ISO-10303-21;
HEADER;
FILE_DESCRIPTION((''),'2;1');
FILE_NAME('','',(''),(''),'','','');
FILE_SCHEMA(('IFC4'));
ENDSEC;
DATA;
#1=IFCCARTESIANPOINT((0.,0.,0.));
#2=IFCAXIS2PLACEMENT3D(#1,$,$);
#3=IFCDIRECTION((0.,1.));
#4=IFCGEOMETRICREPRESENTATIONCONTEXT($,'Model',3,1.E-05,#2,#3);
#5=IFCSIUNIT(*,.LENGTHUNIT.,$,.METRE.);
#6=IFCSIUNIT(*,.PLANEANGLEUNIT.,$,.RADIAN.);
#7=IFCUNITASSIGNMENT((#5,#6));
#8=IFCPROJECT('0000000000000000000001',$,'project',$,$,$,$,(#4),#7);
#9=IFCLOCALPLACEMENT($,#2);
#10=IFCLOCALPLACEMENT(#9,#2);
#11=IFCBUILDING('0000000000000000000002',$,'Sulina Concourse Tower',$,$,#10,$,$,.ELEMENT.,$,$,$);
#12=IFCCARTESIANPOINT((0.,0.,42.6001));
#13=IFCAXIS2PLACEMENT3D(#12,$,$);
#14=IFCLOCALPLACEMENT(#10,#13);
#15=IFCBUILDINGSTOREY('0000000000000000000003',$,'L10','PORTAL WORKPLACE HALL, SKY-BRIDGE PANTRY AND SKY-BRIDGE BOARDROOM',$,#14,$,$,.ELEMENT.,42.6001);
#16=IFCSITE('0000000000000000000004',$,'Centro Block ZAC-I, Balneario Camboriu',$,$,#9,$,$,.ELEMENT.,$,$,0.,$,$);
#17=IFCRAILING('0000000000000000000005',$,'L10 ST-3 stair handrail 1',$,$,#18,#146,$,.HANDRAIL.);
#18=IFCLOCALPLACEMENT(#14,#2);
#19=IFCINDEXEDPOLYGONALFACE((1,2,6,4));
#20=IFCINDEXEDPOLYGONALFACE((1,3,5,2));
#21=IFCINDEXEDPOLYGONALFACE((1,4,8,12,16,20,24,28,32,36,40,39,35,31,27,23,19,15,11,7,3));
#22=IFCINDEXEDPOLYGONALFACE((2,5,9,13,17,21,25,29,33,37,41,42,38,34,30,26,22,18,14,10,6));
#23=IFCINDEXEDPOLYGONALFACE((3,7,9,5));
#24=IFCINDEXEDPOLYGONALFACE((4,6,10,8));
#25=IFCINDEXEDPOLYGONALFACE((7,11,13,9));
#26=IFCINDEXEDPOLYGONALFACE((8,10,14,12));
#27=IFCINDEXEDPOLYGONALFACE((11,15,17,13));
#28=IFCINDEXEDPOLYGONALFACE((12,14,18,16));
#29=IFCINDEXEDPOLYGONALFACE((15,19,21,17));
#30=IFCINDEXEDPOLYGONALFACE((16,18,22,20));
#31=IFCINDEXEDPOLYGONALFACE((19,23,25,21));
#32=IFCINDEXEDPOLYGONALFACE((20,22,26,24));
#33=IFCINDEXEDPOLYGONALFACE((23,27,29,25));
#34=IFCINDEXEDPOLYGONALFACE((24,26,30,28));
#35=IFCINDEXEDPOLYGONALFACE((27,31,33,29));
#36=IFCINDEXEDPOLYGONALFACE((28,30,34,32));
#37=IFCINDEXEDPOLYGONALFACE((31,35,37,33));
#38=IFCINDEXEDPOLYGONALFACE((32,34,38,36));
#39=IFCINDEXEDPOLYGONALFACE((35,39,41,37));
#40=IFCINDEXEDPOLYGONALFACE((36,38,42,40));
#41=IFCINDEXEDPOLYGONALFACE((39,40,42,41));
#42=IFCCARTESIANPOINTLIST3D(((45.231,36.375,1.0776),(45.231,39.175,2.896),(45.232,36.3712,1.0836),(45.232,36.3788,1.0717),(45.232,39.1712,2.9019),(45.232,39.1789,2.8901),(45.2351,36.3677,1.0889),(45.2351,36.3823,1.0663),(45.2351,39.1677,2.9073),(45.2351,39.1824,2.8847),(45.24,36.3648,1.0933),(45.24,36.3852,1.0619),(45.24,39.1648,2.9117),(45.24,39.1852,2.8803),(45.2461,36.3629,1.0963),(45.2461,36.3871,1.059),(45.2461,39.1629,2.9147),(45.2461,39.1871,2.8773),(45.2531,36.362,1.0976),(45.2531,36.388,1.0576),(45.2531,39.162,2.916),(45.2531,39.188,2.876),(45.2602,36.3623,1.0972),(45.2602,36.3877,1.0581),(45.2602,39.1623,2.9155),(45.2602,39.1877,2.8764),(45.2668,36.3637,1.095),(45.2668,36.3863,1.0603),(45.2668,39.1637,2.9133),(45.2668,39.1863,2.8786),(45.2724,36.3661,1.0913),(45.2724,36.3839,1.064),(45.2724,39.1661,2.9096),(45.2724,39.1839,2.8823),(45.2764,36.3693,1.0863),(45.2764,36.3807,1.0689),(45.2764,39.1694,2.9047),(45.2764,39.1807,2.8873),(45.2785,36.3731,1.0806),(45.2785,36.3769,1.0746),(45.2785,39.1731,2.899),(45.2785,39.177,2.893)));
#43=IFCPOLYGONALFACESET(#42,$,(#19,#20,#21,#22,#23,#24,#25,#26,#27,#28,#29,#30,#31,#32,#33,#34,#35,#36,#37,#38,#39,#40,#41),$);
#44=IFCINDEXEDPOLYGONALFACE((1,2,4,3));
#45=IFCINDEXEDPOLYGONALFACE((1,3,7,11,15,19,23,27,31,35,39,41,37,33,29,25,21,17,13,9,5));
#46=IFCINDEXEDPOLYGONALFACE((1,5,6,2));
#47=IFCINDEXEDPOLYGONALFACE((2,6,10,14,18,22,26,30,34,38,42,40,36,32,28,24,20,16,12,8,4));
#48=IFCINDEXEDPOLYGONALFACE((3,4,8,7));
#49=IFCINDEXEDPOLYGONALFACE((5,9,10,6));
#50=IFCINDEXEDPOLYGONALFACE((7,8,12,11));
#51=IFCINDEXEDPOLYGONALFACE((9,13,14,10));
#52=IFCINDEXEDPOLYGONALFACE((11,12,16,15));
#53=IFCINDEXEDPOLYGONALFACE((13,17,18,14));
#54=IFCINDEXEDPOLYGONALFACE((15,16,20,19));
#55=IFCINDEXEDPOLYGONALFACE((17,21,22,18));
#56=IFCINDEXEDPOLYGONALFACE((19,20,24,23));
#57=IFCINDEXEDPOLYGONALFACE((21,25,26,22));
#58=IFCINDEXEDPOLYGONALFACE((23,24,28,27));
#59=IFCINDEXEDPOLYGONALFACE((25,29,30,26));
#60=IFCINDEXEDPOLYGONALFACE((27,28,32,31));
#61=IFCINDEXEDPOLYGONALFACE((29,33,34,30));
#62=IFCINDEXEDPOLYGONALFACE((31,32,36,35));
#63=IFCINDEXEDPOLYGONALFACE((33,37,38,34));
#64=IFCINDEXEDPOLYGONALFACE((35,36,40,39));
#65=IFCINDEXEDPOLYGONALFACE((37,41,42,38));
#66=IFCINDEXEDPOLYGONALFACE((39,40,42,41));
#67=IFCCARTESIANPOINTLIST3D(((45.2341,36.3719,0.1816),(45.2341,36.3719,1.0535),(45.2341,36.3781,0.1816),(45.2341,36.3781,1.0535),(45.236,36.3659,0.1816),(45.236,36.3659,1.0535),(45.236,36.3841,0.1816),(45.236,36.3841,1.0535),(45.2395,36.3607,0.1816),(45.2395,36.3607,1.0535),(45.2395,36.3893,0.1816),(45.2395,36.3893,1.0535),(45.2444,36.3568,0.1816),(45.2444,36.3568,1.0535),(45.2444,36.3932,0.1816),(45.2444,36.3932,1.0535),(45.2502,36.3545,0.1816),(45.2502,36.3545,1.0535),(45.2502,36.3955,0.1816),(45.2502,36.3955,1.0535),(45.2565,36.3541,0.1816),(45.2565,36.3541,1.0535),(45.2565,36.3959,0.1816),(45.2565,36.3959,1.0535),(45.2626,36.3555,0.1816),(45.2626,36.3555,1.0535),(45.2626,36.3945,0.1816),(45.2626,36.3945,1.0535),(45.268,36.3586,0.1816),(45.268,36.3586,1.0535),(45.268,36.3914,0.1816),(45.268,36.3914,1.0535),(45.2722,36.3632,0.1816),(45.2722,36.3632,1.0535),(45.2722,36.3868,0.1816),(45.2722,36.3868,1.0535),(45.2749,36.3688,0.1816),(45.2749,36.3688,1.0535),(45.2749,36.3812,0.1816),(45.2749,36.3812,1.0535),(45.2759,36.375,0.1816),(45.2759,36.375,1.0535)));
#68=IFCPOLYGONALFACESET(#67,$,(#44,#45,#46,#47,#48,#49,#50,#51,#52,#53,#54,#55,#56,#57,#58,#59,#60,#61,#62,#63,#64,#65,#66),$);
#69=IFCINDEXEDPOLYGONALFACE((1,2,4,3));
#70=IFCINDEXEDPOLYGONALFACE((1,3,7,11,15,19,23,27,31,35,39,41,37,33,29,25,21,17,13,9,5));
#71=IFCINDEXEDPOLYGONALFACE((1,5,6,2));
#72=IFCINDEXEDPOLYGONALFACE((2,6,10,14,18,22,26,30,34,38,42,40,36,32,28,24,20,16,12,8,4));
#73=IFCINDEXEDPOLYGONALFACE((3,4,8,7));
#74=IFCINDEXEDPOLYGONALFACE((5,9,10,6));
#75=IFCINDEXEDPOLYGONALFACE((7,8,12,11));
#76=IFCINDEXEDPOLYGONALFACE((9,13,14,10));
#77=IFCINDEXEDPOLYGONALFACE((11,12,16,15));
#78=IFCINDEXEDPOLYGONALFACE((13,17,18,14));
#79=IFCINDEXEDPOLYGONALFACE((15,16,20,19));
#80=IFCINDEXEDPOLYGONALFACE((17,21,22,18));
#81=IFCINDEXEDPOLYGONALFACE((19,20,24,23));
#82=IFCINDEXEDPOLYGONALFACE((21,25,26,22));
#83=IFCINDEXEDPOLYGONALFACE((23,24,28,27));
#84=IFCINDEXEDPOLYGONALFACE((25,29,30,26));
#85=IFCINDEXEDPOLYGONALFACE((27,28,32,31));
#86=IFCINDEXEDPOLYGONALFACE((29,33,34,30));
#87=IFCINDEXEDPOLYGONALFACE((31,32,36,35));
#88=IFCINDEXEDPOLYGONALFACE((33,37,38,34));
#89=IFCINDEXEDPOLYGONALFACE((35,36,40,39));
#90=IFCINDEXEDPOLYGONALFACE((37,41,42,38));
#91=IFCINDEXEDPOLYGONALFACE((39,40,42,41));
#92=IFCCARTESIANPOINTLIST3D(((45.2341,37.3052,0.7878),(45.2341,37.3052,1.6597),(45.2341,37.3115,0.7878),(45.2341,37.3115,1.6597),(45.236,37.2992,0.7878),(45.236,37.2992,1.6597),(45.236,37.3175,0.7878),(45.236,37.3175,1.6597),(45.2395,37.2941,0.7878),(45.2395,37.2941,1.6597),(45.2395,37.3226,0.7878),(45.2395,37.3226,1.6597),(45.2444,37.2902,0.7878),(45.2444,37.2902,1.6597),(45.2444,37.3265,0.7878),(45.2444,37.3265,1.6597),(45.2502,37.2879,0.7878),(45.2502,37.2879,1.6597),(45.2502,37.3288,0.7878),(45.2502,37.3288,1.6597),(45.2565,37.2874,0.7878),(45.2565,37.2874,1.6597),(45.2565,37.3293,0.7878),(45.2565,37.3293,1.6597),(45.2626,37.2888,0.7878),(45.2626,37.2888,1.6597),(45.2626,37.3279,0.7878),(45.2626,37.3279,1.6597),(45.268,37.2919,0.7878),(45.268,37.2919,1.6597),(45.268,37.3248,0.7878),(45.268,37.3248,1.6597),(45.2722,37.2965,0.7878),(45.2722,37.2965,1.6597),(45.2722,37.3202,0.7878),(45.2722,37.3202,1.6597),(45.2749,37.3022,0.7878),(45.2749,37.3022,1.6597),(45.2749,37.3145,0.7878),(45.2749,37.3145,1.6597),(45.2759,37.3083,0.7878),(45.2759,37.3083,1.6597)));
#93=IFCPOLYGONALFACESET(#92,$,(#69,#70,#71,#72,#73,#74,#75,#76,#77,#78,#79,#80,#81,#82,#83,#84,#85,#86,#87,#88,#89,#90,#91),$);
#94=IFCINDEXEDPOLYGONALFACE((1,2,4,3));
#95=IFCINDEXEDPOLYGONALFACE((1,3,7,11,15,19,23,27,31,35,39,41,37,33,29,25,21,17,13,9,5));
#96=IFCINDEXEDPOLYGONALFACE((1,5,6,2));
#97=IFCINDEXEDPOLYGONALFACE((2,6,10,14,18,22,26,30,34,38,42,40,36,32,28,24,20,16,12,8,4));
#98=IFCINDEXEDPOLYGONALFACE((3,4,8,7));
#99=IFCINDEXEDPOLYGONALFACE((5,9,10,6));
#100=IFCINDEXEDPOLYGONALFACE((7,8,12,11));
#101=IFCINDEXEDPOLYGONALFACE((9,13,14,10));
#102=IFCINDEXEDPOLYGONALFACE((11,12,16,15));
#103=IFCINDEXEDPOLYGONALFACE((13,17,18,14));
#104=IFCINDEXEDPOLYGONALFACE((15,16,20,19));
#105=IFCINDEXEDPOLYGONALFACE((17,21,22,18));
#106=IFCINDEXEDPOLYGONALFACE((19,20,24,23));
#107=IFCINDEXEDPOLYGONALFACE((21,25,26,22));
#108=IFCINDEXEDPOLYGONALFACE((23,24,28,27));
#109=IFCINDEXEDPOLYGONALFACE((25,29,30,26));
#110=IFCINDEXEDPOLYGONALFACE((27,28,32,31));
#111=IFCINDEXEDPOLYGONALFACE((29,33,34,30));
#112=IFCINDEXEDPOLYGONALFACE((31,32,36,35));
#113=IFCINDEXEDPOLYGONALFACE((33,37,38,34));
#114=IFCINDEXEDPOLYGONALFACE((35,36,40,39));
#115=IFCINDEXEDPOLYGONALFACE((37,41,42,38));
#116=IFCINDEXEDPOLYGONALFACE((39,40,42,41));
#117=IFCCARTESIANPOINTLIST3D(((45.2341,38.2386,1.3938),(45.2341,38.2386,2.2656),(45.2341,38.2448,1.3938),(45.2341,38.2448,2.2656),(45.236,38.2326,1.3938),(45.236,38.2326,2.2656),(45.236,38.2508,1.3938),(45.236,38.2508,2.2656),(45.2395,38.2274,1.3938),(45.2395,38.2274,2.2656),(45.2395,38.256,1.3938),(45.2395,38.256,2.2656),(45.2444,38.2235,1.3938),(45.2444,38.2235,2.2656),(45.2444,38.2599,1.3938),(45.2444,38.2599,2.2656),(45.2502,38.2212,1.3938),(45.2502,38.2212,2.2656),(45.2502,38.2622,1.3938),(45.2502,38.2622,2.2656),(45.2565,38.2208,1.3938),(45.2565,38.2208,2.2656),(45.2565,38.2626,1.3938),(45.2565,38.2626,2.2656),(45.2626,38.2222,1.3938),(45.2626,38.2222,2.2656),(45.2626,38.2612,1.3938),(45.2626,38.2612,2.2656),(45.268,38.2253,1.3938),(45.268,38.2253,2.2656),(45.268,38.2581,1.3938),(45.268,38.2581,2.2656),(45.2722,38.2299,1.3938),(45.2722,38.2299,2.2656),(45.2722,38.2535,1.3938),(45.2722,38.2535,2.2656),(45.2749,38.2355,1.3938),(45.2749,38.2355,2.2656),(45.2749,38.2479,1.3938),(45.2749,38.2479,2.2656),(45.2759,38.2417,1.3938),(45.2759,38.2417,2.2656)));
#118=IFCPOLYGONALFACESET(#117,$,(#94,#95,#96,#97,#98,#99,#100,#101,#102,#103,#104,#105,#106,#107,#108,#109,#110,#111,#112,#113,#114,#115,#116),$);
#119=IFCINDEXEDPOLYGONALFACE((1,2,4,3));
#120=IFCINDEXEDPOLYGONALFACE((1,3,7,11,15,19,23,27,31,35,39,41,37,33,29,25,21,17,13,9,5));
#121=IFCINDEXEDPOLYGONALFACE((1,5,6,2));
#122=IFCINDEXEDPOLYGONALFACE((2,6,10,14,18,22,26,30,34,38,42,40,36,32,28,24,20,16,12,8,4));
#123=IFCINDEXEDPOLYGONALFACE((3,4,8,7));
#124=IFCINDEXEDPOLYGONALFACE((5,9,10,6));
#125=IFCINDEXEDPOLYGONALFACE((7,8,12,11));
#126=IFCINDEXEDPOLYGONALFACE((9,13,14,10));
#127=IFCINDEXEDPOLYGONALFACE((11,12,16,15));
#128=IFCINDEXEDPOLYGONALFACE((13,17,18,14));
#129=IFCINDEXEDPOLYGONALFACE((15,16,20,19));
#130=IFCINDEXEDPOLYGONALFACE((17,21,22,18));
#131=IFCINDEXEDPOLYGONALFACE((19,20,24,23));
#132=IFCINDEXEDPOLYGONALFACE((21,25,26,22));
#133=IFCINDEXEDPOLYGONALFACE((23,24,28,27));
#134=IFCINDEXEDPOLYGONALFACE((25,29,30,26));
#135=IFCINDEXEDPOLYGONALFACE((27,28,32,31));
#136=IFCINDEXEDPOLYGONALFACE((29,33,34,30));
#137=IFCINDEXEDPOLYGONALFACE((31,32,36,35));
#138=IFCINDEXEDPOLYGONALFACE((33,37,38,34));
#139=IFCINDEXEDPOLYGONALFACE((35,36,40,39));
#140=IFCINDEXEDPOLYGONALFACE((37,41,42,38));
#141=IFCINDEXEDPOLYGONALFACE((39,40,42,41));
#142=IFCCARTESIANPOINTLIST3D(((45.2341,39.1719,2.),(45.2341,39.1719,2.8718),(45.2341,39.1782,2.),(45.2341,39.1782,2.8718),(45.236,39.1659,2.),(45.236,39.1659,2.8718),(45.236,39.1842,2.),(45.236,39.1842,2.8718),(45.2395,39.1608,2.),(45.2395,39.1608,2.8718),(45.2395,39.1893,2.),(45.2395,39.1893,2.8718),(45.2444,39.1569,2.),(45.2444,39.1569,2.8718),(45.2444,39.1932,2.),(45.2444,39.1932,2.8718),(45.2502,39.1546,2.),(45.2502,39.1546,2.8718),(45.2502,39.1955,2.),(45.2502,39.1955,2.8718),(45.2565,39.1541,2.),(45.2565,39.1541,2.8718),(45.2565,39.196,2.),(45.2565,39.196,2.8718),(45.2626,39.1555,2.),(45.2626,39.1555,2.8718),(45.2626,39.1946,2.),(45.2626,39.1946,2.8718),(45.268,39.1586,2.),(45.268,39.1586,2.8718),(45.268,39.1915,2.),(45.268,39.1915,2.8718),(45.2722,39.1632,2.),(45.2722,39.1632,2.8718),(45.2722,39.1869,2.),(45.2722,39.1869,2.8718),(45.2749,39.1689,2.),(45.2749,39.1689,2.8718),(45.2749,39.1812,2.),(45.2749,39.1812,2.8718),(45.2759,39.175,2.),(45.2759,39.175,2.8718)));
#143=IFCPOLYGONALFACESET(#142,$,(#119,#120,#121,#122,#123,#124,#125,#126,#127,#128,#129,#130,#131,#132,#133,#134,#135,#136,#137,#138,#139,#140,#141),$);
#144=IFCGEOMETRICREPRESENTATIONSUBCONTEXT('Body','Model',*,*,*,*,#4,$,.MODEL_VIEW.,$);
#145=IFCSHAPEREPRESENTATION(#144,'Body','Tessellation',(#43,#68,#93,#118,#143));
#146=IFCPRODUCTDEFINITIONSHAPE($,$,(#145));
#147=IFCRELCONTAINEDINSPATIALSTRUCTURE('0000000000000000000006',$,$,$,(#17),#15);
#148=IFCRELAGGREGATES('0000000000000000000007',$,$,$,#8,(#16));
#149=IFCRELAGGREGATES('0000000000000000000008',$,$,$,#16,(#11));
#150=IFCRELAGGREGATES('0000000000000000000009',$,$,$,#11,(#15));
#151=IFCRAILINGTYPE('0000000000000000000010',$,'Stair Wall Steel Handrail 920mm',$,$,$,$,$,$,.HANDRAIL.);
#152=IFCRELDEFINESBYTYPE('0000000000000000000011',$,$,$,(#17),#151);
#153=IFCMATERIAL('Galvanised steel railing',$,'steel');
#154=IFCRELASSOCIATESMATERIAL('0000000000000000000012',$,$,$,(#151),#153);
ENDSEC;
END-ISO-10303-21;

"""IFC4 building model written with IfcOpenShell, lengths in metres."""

from ifc_helpers import new_model, si_unit, direction, frame, origin, origin_2d, place, context, subcontext, project, spatial, circle, extrude, material, type_object, element, save


model = new_model("IFC4")

# Units and contexts
model_context = context("Model", 3, precision=1e-05, world=origin(), true_north=direction((0.0, 1.0)))
body_context = subcontext(model_context, "Body", "Model", "MODEL_VIEW")
ifc_project = project(units=[si_unit("LENGTHUNIT", "METRE"), si_unit("PLANEANGLEUNIT", "RADIAN")], contexts=[model_context])

# Site, building, storey
site_placement = place(None, origin())
site = spatial("IfcSite", under=ifc_project, at=site_placement, Name="Centro Block ZAC-I, Balneario Camboriu", CompositionType="ELEMENT", RefElevation=0.0)
building_placement = place(site_placement, origin())
building = spatial("IfcBuilding", under=site, at=building_placement, Name="Sulina Concourse Tower", CompositionType="ELEMENT")
storey_placement = place(building_placement, frame((0.0, 0.0, 42.6001)))
storey = spatial("IfcBuildingStorey", under=building, at=storey_placement, Name="L10", Description="PORTAL WORKPLACE HALL, SKY-BRIDGE PANTRY AND SKY-BRIDGE BOARDROOM", CompositionType="ELEMENT", Elevation=42.6001)

# Railing
ifc_material_1 = material(Name="Galvanised steel railing", Category="steel")
railing_type_1 = type_object("IfcRailingType", Name="Stair Wall Steel Handrail 920mm", PredefinedType="HANDRAIL", material=ifc_material_1)
railing_1_placement = place(storey_placement, frame((45.2549, 36.375, 0.1816)))
element("IfcRailing", 1, at=railing_1_placement, inside=storey, type_object=railing_type_1, Name="L10 ST-3 stair handrail 1", PredefinedType="HANDRAIL", context=body_context, shape_type="SweptSolid", body=[
    extrude(circle(Radius=0.0239, at=origin_2d()), frame((0.0, 0.0, 0.896), z_axis=(0.0, 0.838672, 0.544636), x_axis=(-1.0, 0.0, 0.0)), (0.0, 0.0, 1.0), 3.3386),
    extrude(circle(Radius=0.021, at=origin_2d()), origin(), (0.0, 0.0, 1.0), 0.8718),
    extrude(circle(Radius=0.021, at=origin_2d()), frame((0.0, 0.9333, 0.6062)), (0.0, 0.0, 1.0), 0.8718),
    extrude(circle(Radius=0.021, at=origin_2d()), frame((0.0, 1.8667, 1.2122)), (0.0, 0.0, 1.0), 0.8718),
    extrude(circle(Radius=0.021, at=origin_2d()), frame((0.0, 2.8, 1.8184)), (0.0, 0.0, 1.0), 0.8718),
])

save(model, "model.ifc")
